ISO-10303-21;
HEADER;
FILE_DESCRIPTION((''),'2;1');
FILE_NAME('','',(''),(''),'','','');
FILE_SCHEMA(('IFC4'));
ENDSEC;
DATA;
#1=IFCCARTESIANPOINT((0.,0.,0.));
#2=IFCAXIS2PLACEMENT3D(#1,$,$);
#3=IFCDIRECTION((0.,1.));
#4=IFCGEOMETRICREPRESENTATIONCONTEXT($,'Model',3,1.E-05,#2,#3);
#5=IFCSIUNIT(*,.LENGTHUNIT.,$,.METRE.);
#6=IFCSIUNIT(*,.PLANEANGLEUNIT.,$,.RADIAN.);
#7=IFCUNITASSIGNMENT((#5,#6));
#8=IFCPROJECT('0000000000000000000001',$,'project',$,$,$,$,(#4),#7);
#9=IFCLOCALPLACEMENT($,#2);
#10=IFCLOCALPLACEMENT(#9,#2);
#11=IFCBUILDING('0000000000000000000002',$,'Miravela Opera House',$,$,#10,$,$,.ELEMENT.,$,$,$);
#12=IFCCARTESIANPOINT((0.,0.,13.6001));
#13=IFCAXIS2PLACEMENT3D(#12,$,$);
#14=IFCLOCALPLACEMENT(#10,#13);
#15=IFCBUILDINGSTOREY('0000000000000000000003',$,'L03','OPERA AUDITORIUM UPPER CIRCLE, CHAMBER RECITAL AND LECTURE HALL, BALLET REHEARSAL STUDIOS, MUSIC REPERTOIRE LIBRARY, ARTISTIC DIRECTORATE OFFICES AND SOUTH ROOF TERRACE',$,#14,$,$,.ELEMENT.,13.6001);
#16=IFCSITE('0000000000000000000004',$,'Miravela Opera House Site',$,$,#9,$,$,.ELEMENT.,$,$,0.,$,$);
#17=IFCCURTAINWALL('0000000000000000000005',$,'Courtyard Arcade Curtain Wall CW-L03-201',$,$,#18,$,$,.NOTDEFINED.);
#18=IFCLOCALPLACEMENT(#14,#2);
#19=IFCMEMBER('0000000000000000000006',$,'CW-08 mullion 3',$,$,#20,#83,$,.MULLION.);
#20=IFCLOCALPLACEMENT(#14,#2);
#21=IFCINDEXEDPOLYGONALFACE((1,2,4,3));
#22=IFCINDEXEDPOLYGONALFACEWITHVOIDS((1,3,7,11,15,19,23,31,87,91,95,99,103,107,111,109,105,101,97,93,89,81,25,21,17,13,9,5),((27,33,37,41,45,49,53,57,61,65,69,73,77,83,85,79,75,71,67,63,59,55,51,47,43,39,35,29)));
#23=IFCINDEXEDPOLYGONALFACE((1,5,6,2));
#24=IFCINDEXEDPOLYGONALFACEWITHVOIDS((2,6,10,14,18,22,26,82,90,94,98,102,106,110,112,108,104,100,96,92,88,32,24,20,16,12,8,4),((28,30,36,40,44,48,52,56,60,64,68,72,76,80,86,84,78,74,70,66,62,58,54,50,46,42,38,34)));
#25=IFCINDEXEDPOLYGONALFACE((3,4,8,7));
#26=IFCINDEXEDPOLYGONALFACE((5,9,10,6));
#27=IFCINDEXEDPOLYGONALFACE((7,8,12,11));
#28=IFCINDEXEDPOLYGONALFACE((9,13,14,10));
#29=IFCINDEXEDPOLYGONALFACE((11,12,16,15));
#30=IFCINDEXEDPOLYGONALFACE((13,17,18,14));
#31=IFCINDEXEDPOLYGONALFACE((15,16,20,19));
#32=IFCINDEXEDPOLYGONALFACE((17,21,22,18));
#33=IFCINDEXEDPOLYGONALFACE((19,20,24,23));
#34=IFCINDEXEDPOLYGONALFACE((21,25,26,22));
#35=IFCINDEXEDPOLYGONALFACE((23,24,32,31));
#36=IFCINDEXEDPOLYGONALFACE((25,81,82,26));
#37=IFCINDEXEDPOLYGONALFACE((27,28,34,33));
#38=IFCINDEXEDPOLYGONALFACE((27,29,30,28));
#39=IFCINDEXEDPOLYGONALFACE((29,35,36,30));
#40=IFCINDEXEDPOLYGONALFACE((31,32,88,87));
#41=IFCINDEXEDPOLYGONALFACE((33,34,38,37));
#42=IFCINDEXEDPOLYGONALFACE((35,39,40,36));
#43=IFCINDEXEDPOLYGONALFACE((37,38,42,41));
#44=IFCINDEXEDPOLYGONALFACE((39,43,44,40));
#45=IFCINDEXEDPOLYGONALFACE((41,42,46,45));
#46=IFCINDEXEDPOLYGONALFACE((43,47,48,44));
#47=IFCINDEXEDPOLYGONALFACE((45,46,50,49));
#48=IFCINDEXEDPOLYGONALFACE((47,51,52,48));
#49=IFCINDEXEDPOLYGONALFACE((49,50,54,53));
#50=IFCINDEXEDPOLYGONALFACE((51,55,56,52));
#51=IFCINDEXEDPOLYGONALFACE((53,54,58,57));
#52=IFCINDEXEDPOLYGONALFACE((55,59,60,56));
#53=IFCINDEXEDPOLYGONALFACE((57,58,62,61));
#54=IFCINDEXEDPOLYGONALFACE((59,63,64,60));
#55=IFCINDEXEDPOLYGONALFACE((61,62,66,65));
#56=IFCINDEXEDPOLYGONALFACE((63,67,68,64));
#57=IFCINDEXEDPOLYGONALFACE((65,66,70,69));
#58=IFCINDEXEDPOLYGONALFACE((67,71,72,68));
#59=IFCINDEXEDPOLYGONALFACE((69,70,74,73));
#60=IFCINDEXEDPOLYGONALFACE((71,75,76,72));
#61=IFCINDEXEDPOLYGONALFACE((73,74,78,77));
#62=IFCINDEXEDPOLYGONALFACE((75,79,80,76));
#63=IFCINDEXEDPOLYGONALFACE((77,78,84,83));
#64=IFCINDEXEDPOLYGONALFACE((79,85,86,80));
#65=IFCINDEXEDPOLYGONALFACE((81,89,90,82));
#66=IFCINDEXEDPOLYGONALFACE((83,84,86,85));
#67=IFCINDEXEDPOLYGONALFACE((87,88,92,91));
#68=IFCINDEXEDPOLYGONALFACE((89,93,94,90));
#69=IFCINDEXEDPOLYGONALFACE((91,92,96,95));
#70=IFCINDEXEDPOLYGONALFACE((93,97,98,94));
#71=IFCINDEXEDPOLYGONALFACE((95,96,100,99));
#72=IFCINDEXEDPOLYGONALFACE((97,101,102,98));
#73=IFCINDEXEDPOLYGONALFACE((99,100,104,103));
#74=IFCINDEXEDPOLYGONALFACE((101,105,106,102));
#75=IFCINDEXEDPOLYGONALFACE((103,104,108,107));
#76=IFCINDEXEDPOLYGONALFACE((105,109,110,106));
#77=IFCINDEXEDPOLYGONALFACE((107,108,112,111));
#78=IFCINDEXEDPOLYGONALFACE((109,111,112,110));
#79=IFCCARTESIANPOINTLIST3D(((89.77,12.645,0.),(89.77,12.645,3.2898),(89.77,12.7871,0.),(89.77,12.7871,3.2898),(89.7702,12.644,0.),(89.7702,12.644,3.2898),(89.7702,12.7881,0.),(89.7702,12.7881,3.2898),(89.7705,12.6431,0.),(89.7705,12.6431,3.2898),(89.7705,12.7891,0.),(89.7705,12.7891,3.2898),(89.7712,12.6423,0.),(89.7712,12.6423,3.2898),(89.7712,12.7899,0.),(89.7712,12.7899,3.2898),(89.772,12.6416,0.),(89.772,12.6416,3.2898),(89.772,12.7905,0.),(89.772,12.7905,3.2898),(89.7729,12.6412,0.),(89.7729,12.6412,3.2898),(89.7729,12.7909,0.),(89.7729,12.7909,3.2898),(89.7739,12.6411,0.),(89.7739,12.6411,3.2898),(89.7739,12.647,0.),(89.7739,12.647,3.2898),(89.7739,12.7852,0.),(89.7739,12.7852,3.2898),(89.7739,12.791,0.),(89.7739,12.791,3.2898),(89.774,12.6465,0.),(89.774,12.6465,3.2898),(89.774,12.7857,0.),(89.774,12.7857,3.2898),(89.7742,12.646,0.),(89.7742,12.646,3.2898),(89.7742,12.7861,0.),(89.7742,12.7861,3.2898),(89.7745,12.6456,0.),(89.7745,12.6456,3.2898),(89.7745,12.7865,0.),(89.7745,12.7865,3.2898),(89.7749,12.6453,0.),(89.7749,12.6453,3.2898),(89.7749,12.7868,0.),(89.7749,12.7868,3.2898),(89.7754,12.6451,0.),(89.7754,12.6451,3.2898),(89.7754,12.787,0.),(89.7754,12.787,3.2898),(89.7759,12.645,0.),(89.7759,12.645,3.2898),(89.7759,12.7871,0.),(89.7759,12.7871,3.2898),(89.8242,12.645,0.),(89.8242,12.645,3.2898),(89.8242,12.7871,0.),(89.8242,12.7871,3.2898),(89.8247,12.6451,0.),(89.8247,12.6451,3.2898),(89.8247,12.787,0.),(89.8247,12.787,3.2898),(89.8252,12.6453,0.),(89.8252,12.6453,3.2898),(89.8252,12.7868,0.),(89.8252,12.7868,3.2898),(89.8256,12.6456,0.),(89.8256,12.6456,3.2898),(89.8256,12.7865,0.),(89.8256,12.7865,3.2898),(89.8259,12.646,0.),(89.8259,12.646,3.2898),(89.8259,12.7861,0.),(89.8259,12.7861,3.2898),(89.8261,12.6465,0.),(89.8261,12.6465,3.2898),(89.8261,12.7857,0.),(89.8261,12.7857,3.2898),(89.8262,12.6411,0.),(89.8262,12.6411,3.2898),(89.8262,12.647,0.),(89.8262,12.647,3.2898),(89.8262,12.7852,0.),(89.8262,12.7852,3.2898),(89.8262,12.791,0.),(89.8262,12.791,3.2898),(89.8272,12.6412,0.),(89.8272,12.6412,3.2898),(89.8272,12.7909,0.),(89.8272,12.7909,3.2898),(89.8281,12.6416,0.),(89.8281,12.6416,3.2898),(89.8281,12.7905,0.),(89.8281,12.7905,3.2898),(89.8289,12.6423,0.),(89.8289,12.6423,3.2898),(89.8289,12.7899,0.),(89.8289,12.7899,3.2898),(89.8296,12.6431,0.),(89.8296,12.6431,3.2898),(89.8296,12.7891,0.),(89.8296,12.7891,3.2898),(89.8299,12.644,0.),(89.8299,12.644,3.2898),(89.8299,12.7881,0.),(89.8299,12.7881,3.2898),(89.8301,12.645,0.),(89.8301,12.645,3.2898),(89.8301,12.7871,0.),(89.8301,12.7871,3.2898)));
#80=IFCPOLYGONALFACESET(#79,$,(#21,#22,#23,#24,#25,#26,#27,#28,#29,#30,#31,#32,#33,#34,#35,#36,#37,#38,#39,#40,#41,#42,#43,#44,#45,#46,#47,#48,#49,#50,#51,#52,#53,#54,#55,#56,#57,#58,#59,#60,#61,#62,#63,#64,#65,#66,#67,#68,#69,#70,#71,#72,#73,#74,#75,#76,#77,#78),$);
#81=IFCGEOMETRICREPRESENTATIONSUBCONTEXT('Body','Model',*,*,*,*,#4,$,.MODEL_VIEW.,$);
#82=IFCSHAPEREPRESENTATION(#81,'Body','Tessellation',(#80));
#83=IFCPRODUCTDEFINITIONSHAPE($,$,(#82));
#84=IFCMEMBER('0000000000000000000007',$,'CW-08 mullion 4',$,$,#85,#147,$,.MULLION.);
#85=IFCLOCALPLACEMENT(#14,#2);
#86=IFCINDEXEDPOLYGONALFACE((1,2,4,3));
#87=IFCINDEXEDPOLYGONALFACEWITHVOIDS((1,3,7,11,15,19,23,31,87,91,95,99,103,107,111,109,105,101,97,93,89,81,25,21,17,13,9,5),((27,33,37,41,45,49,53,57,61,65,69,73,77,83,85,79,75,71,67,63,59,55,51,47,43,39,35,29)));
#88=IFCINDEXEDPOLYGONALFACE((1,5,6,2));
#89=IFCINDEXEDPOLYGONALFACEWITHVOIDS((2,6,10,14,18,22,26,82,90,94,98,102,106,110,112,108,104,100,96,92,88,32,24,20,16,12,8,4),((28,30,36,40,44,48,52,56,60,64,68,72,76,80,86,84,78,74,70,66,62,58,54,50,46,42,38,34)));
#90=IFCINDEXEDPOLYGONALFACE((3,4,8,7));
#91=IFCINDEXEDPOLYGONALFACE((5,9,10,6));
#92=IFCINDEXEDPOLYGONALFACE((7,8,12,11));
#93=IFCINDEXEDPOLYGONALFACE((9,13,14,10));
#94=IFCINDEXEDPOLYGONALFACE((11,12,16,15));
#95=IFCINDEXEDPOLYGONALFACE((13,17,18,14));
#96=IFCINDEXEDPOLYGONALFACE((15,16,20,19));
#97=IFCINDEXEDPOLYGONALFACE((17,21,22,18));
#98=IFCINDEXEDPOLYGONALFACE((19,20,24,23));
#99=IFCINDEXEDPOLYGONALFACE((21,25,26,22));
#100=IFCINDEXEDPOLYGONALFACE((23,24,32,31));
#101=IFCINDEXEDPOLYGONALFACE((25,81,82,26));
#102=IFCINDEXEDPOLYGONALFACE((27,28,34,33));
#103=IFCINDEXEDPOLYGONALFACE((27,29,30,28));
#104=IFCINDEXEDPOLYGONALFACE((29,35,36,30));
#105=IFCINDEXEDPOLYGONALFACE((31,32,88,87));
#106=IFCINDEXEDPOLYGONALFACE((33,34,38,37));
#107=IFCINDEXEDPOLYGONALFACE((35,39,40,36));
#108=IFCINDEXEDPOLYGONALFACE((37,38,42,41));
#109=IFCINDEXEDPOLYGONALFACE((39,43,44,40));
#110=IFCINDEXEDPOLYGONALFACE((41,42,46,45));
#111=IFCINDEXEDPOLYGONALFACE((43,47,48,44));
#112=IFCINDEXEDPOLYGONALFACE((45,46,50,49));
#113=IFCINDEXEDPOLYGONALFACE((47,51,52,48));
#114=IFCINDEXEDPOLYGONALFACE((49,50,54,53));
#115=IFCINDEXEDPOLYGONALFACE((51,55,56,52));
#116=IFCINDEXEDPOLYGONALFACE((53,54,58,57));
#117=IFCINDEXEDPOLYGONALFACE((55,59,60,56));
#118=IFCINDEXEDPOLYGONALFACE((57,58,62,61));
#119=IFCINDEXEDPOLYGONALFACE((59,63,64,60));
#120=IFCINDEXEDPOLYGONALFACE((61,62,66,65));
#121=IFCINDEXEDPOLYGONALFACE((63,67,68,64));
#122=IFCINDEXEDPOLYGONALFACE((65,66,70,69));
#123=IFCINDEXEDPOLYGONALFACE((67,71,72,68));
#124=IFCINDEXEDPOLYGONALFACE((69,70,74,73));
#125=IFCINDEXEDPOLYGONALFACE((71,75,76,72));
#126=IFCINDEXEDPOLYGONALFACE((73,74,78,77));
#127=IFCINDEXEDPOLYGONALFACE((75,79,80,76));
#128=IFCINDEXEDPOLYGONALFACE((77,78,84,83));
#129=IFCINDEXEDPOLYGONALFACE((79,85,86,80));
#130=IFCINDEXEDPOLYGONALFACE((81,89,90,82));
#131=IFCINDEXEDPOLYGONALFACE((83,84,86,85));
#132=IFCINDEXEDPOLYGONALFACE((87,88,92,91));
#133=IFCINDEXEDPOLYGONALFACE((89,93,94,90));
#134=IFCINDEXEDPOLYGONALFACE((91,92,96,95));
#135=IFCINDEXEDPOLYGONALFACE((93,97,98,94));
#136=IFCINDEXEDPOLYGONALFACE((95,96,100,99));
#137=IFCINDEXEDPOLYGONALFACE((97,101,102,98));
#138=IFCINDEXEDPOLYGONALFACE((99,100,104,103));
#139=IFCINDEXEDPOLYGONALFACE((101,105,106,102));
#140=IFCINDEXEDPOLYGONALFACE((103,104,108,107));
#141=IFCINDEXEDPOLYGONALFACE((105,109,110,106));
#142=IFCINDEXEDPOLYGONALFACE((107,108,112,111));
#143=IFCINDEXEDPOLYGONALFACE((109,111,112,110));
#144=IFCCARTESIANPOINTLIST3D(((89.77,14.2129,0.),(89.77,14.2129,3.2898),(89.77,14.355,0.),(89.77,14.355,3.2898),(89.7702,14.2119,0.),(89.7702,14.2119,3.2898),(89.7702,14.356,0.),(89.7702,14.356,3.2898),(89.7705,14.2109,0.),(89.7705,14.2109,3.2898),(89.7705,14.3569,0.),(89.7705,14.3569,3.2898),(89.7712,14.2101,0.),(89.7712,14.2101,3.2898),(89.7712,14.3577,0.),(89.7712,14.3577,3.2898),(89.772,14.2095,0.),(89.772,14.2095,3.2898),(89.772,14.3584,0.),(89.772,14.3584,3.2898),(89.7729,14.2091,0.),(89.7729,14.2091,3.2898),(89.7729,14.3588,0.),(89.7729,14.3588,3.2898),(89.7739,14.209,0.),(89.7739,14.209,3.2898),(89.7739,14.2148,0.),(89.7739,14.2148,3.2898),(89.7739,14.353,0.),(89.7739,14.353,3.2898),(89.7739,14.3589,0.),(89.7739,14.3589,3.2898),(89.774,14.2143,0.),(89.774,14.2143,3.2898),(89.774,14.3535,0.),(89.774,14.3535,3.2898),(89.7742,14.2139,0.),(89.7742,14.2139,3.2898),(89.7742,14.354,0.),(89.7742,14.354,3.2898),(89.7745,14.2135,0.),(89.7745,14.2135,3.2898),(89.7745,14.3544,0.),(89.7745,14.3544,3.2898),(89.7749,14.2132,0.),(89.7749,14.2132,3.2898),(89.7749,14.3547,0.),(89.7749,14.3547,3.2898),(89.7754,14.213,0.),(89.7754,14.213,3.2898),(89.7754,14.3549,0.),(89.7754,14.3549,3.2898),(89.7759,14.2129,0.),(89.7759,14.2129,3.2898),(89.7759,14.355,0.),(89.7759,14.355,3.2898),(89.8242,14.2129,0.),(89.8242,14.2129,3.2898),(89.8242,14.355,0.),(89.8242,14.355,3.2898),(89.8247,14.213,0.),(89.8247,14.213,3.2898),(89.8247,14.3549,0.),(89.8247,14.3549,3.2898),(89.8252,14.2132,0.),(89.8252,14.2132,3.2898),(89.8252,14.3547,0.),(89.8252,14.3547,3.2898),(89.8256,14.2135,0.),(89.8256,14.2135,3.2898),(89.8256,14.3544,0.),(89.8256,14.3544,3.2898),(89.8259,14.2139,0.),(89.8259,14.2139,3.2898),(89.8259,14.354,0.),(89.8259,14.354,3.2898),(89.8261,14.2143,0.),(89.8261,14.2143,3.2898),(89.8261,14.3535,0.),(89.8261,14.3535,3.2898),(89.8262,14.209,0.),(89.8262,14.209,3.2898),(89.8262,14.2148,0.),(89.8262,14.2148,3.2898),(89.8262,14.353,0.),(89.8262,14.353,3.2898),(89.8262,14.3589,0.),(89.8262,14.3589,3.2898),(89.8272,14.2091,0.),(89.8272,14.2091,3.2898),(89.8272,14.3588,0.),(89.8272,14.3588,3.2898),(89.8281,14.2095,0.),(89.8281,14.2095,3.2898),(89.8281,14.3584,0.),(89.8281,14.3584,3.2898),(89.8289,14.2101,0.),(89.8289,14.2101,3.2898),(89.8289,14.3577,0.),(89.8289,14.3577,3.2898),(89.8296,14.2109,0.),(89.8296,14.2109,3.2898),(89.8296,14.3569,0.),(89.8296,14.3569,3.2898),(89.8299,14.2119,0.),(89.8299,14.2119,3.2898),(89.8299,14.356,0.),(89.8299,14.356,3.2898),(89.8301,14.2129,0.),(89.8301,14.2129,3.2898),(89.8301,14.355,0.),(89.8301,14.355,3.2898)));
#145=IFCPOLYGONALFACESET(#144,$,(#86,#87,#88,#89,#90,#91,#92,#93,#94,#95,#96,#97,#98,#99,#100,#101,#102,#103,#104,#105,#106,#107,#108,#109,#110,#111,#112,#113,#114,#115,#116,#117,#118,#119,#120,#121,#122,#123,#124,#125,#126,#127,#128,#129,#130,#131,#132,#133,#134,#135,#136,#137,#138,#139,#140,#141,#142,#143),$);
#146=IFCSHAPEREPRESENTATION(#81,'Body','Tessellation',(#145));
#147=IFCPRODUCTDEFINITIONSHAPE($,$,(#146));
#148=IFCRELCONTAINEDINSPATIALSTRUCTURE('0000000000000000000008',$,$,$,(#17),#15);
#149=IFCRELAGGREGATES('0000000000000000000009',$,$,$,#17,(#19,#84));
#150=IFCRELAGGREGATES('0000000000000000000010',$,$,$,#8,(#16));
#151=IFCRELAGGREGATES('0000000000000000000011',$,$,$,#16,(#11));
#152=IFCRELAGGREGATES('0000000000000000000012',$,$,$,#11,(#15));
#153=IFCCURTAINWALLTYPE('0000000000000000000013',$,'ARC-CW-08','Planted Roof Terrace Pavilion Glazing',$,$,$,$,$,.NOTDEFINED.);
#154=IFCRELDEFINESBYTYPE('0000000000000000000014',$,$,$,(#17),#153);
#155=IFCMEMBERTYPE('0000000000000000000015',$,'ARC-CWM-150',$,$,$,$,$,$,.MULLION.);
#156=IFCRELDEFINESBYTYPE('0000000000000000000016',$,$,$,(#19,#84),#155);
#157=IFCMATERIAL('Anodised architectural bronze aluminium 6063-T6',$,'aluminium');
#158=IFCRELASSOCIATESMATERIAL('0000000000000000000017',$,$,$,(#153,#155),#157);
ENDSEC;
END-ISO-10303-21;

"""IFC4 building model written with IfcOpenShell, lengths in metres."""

from ifc_helpers import new_model, si_unit, direction, frame, origin, origin_2d, place, context, subcontext, project, spatial, hollow_rectangle, extrude, material, material_profile, profile_set, type_object, element, aggregate, save


model = new_model("IFC4")

# Units and contexts
model_context = context("Model", 3, precision=1e-05, world=origin(), true_north=direction((0.0, 1.0)))
body_context = subcontext(model_context, "Body", "Model", "MODEL_VIEW")
ifc_project = project(units=[si_unit("LENGTHUNIT", "METRE"), si_unit("PLANEANGLEUNIT", "RADIAN")], contexts=[model_context])

# Site, building, storey
site_placement = place(None, origin())
site = spatial("IfcSite", under=ifc_project, at=site_placement, Name="Miravela Opera House Site", CompositionType="ELEMENT", RefElevation=0.0)
building_placement = place(site_placement, origin())
building = spatial("IfcBuilding", under=site, at=building_placement, Name="Miravela Opera House", CompositionType="ELEMENT")
storey_placement = place(building_placement, frame((0.0, 0.0, 13.6001)))
storey = spatial("IfcBuildingStorey", under=building, at=storey_placement, Name="L03", Description="OPERA AUDITORIUM UPPER CIRCLE, CHAMBER RECITAL AND LECTURE HALL, BALLET REHEARSAL STUDIOS, MUSIC REPERTOIRE LIBRARY, ARTISTIC DIRECTORATE OFFICES AND SOUTH ROOF TERRACE", CompositionType="ELEMENT", Elevation=13.6001)

# Curtain wall, members
ifc_material_1 = material(Name="Anodised architectural bronze aluminium 6063-T6", Category="aluminium")
curtain_wall_type = type_object("IfcCurtainWallType", Name="ARC-CW-08", Description="Planted Roof Terrace Pavilion Glazing", PredefinedType="NOTDEFINED", material=ifc_material_1)
curtain_wall_placement = place(storey_placement, origin())
curtain_wall = element("IfcCurtainWall", 1, at=curtain_wall_placement, inside=storey, type_object=curtain_wall_type, Name="Courtyard Arcade Curtain Wall CW-L03-201", PredefinedType="NOTDEFINED")
ifc_material_profile_1 = material_profile(ifc_material_1, hollow_rectangle(XDim=0.0601, YDim=0.1499, WallThickness=0.0039, InnerFilletRadius=0.002, OuterFilletRadius=0.0039, at=origin_2d()), Name="CWM-60X150")
ifc_profile_set_1 = profile_set([ifc_material_profile_1])
member_type_1 = type_object("IfcMemberType", Name="ARC-CWM-150", PredefinedType="MULLION", material=ifc_profile_set_1)
member_1_placement = place(storey_placement, frame((89.8, 12.7161, 0.0), z_axis=(0.0, 0.0, 1.0), x_axis=(-1.0, 0.0, 0.0)))
member_1 = element("IfcMember", 2, at=member_1_placement, type_object=member_type_1, Name="CW-08 mullion 3", PredefinedType="MULLION", context=body_context, shape_type="SweptSolid", body=[
    extrude(hollow_rectangle(XDim=0.0601, YDim=0.1499, WallThickness=0.0039, InnerFilletRadius=0.002, OuterFilletRadius=0.0039, at=origin_2d()), origin(), (0.0, 0.0, 1.0), 3.2898),
])
member_2_placement = place(storey_placement, frame((89.8, 14.2839, 0.0), z_axis=(0.0, 0.0, 1.0), x_axis=(-1.0, 0.0, 0.0)))
member_2 = element("IfcMember", 3, at=member_2_placement, type_object=member_type_1, Name="CW-08 mullion 4", PredefinedType="MULLION", context=body_context, shape_type="SweptSolid", body=[
    extrude(hollow_rectangle(XDim=0.0601, YDim=0.1499, WallThickness=0.0039, InnerFilletRadius=0.002, OuterFilletRadius=0.0039, at=origin_2d()), origin(), (0.0, 0.0, 1.0), 3.2898),
])

aggregate(curtain_wall, [member_1, member_2])

save(model, "model.ifc")
